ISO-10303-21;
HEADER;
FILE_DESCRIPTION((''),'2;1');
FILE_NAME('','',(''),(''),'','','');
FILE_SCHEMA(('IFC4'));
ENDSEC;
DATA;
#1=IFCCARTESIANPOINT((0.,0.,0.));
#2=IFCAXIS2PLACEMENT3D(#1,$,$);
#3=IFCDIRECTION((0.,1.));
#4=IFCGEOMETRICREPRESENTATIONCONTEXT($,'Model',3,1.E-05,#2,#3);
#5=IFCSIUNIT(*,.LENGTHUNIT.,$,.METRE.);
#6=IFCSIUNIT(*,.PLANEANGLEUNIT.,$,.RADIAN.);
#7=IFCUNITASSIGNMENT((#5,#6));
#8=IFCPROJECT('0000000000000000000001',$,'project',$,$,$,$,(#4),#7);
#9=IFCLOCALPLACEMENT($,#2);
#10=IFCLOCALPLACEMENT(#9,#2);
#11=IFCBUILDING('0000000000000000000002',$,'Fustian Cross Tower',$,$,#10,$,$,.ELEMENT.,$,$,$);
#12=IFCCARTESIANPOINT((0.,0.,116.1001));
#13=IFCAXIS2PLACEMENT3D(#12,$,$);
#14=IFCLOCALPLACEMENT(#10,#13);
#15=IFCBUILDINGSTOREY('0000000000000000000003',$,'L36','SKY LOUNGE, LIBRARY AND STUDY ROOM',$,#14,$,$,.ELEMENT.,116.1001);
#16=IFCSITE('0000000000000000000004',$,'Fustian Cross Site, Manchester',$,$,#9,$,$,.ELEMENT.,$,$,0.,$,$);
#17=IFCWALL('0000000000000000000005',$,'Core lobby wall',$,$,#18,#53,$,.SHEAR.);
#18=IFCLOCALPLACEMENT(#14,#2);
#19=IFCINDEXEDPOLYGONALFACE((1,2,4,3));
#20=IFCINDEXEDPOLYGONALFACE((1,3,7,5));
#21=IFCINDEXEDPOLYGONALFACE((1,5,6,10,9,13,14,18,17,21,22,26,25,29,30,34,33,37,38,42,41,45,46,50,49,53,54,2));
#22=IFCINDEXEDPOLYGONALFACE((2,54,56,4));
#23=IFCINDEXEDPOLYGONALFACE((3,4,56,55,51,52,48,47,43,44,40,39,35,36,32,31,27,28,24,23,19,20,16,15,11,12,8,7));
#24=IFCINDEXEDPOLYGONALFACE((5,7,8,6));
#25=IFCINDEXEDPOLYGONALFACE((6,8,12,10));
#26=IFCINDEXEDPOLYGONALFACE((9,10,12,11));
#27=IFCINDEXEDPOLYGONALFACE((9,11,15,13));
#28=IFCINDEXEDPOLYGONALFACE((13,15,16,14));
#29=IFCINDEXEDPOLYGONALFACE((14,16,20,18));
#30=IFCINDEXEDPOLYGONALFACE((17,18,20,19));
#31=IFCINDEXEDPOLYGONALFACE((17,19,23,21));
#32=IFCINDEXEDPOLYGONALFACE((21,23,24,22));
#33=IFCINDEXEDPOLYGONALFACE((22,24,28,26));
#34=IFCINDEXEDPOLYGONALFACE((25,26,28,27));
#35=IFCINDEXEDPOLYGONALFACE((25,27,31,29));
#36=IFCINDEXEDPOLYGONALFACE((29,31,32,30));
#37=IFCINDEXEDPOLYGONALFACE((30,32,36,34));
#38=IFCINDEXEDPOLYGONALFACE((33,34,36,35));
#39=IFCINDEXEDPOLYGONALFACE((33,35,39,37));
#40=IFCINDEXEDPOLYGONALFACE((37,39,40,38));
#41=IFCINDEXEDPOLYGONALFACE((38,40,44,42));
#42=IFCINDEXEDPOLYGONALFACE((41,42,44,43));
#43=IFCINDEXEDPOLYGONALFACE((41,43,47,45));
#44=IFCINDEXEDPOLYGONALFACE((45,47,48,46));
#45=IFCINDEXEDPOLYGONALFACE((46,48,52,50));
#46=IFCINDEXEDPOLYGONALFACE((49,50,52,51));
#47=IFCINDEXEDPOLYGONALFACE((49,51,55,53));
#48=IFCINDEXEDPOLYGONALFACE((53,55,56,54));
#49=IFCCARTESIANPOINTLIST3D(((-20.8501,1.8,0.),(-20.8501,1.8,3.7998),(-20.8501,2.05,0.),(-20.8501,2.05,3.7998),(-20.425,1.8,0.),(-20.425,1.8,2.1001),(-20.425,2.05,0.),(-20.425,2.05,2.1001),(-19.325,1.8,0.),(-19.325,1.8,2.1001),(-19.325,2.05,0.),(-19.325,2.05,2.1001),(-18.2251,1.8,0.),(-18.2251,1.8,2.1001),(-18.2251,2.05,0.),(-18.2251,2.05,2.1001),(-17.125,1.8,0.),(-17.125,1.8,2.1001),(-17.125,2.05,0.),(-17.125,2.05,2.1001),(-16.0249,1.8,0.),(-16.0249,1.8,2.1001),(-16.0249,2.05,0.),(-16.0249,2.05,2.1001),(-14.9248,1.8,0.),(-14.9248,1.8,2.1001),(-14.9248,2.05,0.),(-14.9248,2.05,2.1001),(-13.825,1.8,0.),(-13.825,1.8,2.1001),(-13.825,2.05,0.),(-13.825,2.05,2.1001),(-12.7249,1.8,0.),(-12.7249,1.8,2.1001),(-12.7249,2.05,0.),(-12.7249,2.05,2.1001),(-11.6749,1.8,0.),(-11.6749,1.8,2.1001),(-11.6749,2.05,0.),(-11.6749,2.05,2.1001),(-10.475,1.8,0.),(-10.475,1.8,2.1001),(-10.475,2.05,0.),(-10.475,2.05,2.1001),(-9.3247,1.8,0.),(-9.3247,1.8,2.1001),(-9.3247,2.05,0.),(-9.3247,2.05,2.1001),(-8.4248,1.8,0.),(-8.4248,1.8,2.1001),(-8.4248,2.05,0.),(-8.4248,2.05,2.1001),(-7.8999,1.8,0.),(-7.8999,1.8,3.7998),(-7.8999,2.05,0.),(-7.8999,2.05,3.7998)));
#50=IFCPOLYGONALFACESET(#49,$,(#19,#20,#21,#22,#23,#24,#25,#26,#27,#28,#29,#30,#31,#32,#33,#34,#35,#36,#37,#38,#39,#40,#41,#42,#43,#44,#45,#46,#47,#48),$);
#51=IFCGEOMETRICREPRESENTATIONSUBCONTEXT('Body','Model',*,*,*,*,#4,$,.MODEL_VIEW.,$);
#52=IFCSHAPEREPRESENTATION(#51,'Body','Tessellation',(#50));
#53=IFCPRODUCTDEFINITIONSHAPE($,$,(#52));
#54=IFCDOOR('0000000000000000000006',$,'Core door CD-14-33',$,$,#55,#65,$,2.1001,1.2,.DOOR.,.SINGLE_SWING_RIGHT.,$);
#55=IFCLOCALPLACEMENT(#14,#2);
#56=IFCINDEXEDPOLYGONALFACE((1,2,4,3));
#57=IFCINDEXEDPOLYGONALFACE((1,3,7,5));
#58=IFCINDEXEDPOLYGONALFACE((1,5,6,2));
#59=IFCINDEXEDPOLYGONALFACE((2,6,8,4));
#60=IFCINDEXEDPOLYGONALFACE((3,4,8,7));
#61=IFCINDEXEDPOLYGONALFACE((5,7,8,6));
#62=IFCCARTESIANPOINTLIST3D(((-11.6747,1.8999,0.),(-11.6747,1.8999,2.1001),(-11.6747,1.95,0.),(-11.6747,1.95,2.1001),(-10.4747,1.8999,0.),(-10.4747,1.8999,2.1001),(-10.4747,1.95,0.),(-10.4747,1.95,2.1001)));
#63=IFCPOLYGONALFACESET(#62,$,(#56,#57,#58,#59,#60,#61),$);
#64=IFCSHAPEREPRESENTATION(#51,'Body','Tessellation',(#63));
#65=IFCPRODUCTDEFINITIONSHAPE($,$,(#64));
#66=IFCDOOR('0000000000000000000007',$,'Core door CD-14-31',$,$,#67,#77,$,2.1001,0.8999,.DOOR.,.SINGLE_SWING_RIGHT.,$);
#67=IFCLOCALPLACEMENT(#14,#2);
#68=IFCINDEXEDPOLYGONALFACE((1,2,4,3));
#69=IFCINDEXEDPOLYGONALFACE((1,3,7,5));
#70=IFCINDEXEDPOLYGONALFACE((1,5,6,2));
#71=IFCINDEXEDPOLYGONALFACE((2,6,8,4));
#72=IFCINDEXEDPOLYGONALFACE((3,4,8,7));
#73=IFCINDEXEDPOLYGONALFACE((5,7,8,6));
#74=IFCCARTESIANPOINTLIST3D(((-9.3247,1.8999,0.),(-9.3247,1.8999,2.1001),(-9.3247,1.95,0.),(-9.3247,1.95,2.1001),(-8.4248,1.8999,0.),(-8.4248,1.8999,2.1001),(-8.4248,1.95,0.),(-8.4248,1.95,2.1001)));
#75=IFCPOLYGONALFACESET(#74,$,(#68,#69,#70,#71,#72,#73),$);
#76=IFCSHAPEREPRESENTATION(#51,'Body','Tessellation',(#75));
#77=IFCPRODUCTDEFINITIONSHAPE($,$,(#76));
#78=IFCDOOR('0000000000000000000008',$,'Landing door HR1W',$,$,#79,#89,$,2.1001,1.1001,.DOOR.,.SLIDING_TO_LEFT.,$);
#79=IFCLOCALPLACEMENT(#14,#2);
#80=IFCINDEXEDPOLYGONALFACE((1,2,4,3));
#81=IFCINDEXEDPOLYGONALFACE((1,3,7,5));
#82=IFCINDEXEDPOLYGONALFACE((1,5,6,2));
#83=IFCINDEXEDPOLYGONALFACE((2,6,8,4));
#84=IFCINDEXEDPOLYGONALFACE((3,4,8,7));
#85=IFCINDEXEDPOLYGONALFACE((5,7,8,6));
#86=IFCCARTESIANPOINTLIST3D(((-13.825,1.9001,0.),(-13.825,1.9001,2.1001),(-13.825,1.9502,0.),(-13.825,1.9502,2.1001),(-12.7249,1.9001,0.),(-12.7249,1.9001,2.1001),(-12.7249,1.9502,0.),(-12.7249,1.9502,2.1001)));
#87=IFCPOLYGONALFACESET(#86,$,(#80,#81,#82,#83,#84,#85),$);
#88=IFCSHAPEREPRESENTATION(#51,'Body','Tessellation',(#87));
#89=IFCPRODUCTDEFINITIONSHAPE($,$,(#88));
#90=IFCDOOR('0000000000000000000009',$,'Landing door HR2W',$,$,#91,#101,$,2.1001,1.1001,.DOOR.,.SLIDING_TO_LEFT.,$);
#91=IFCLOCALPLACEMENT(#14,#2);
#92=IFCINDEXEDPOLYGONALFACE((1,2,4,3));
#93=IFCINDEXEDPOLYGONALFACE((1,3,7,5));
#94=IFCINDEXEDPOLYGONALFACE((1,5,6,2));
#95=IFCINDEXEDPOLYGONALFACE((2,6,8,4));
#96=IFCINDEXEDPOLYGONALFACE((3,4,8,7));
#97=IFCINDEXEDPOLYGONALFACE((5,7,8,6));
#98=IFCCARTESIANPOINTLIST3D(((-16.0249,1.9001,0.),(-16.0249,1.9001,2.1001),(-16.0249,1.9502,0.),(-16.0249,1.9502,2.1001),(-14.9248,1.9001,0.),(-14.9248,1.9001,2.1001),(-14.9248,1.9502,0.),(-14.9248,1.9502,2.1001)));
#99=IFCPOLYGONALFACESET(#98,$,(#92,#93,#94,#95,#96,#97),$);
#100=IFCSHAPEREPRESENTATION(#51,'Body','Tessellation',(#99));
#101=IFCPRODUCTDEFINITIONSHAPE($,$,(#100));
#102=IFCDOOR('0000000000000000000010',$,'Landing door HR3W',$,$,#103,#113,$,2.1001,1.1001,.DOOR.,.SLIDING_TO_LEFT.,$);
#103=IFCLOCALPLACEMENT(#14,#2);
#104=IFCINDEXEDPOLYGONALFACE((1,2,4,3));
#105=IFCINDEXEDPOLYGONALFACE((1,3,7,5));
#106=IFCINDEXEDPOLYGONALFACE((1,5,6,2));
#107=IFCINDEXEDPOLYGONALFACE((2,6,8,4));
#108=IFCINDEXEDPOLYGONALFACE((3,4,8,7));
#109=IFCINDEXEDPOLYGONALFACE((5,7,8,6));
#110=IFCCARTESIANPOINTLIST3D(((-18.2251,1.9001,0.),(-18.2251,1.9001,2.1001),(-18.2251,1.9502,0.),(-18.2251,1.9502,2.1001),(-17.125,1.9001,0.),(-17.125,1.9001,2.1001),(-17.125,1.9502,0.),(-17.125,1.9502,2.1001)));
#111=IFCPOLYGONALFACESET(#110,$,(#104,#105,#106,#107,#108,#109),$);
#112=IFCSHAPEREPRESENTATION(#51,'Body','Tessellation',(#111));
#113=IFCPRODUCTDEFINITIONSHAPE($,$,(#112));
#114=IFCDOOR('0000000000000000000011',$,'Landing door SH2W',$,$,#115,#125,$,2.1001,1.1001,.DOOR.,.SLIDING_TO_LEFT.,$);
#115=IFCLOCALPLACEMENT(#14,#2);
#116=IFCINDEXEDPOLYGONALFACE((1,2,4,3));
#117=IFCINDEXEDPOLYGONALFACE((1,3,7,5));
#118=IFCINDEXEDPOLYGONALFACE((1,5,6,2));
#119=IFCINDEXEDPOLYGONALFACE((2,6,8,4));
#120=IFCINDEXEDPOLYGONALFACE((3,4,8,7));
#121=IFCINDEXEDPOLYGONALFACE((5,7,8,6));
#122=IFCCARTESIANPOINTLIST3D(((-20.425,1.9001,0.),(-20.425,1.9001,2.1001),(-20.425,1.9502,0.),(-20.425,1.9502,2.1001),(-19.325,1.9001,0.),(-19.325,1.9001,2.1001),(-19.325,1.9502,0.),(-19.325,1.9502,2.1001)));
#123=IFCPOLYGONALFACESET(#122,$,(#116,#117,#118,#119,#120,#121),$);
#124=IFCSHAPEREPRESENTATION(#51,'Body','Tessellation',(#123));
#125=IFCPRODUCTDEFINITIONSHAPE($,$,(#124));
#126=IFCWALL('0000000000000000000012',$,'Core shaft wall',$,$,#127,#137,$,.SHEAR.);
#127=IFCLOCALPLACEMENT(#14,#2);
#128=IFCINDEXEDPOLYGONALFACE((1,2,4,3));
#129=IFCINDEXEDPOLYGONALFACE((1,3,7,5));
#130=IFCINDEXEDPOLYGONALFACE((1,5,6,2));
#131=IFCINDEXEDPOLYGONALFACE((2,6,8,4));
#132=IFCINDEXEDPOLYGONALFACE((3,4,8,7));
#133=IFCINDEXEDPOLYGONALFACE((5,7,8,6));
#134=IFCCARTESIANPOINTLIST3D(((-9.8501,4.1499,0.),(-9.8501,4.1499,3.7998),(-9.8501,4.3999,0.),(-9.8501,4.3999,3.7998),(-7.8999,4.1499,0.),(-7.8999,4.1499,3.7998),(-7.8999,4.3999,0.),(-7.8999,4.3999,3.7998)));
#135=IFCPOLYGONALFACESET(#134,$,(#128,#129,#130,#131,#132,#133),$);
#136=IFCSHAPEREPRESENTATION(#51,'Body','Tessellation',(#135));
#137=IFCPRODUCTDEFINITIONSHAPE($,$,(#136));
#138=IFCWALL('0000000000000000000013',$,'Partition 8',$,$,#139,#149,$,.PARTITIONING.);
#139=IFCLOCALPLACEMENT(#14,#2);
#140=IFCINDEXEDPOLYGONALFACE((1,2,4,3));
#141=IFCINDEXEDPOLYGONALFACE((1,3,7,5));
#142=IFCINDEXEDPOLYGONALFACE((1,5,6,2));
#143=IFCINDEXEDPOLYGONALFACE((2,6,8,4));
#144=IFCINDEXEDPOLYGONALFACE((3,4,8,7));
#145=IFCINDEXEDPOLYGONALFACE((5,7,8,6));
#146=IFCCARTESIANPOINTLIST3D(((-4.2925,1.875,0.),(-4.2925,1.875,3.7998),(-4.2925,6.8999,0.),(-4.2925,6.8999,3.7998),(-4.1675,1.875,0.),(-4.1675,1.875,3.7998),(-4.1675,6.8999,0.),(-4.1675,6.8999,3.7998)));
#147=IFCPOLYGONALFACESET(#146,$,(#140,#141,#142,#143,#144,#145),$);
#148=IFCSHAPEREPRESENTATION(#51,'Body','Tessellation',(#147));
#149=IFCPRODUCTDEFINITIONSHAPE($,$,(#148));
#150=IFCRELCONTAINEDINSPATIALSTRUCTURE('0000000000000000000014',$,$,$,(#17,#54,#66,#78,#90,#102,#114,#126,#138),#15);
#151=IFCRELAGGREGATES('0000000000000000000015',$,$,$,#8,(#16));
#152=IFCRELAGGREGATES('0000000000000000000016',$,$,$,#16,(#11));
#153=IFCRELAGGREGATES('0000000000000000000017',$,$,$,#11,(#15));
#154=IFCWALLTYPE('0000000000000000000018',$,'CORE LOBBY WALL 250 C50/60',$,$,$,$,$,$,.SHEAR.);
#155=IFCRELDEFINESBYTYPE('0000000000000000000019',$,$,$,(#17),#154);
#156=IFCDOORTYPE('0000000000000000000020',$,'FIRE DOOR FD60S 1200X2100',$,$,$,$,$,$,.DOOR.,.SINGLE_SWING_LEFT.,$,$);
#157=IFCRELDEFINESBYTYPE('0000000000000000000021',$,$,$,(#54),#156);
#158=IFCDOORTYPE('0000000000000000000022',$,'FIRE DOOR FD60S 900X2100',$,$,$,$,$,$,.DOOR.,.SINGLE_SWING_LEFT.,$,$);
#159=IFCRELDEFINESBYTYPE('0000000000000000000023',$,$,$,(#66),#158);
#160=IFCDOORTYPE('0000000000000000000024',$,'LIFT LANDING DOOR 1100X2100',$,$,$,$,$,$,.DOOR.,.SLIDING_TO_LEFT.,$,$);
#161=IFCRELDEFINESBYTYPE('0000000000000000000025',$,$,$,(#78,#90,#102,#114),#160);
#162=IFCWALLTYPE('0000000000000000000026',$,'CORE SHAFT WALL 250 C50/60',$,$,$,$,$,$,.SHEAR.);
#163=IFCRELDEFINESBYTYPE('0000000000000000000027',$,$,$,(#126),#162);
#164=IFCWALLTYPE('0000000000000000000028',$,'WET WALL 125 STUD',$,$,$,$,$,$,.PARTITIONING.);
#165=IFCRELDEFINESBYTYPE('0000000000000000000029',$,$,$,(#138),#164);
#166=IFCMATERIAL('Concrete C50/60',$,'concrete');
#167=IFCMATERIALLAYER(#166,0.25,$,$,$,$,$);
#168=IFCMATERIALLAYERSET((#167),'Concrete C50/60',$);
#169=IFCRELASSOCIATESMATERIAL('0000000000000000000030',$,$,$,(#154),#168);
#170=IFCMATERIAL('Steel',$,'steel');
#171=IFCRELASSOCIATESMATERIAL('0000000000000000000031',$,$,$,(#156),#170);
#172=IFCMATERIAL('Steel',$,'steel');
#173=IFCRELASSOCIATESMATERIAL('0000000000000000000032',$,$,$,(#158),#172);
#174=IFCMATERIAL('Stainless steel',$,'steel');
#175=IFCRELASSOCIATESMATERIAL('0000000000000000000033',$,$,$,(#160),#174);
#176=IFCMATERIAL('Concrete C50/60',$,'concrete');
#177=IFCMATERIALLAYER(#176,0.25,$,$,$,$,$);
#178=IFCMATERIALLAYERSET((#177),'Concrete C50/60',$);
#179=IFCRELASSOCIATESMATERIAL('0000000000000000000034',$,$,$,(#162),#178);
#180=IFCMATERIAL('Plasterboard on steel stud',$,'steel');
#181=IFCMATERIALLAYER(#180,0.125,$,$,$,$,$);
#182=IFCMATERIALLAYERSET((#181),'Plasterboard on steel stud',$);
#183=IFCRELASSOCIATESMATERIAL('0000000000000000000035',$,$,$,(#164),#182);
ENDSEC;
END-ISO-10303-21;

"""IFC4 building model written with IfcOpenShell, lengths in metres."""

from ifc_helpers import new_model, si_unit, direction, frame, frame_2d, origin, place, context, subcontext, project, spatial, rectangle, extrude, material, layer, layer_set, type_object, element, fill, save


model = new_model("IFC4")

# Units and contexts
model_context = context("Model", 3, precision=1e-05, world=origin(), true_north=direction((0.0, 1.0)))
body_context = subcontext(model_context, "Body", "Model", "MODEL_VIEW")
ifc_project = project(units=[si_unit("LENGTHUNIT", "METRE"), si_unit("PLANEANGLEUNIT", "RADIAN")], contexts=[model_context])

# Site, building, storey
site_placement = place(None, origin())
site = spatial("IfcSite", under=ifc_project, at=site_placement, Name="Fustian Cross Site, Manchester", CompositionType="ELEMENT", RefElevation=0.0)
building_placement = place(site_placement, origin())
building = spatial("IfcBuilding", under=site, at=building_placement, Name="Fustian Cross Tower", CompositionType="ELEMENT")
storey_placement = place(building_placement, frame((0.0, 0.0, 116.1001)))
storey = spatial("IfcBuildingStorey", under=building, at=storey_placement, Name="L36", Description="SKY LOUNGE, LIBRARY AND STUDY ROOM", CompositionType="ELEMENT", Elevation=116.1001)

# Wall, openings, doors
ifc_material_1 = material(Name="Concrete C50/60", Category="concrete")
ifc_layer_1 = layer(ifc_material_1, 0.25)
ifc_layer_set_1 = layer_set([ifc_layer_1], Name="Concrete C50/60")
wall_type_1 = type_object("IfcWallType", Name="CORE LOBBY WALL 250 C50/60", PredefinedType="SHEAR", material=ifc_layer_set_1)
wall_1_placement = place(storey_placement, frame((-7.8999, 1.925, 0.0), z_axis=(0.0, 0.0, 1.0), x_axis=(-1.0, 0.0, 0.0)))
wall_1 = element("IfcWall", 1, at=wall_1_placement, inside=storey, type_object=wall_type_1, Name="Core lobby wall", PredefinedType="SHEAR", context=body_context, shape_type="SweptSolid", body=[
    extrude(rectangle(XDim=12.9502, YDim=0.25, at=frame_2d((6.4751, 0.0))), origin(), (0.0, 0.0, 1.0), 3.7998),
])
opening_1_placement = place(wall_1_placement, frame((4.825, 0.0, 0.0)))
opening_1 = element("IfcOpeningElement", 2, at=opening_1_placement, cuts=wall_1, PredefinedType="OPENING", context=body_context, shape_type="SweptSolid", body=[
    extrude(rectangle(XDim=1.1001, YDim=2.1001, at=frame_2d((0.55, 1.05))), frame((0.0, 0.135, 0.0), z_axis=(0.0, -1.0, 0.0), x_axis=(1.0, 0.0, 0.0)), (0.0, 0.0, 1.0), 0.27),
])
opening_2_placement = place(wall_1_placement, frame((7.0249, 0.0, 0.0)))
opening_2 = element("IfcOpeningElement", 3, at=opening_2_placement, cuts=wall_1, PredefinedType="OPENING", context=body_context, shape_type="SweptSolid", body=[
    extrude(rectangle(XDim=1.1001, YDim=2.1001, at=frame_2d((0.55, 1.05))), frame((0.0, 0.135, 0.0), z_axis=(0.0, -1.0, 0.0), x_axis=(1.0, 0.0, 0.0)), (0.0, 0.0, 1.0), 0.27),
])
opening_3_placement = place(wall_1_placement, frame((9.2251, 0.0, 0.0)))
opening_3 = element("IfcOpeningElement", 4, at=opening_3_placement, cuts=wall_1, PredefinedType="OPENING", context=body_context, shape_type="SweptSolid", body=[
    extrude(rectangle(XDim=1.1001, YDim=2.1001, at=frame_2d((0.55, 1.05))), frame((0.0, 0.135, 0.0), z_axis=(0.0, -1.0, 0.0), x_axis=(1.0, 0.0, 0.0)), (0.0, 0.0, 1.0), 0.27),
])
opening_4_placement = place(wall_1_placement, frame((11.425, 0.0, 0.0)))
opening_4 = element("IfcOpeningElement", 5, at=opening_4_placement, cuts=wall_1, PredefinedType="OPENING", context=body_context, shape_type="SweptSolid", body=[
    extrude(rectangle(XDim=1.1001, YDim=2.1001, at=frame_2d((0.55, 1.05))), frame((0.0, 0.135, 0.0), z_axis=(0.0, -1.0, 0.0), x_axis=(1.0, 0.0, 0.0)), (0.0, 0.0, 1.0), 0.27),
])
opening_5_placement = place(wall_1_placement, frame((0.5249, 0.0, 0.0)))
opening_5 = element("IfcOpeningElement", 6, at=opening_5_placement, cuts=wall_1, PredefinedType="OPENING", context=body_context, shape_type="SweptSolid", body=[
    extrude(rectangle(XDim=0.8999, YDim=2.1001, at=frame_2d((0.45, 1.05))), frame((0.0, 0.135, 0.0), z_axis=(0.0, -1.0, 0.0), x_axis=(1.0, 0.0, 0.0)), (0.0, 0.0, 1.0), 0.27),
])
opening_6_placement = place(wall_1_placement, frame((2.575, 0.0, 0.0)))
opening_6 = element("IfcOpeningElement", 7, at=opening_6_placement, cuts=wall_1, PredefinedType="OPENING", context=body_context, shape_type="SweptSolid", body=[
    extrude(rectangle(XDim=1.2, YDim=2.1001, at=frame_2d((0.6001, 1.05))), frame((0.0, 0.135, 0.0), z_axis=(0.0, -1.0, 0.0), x_axis=(1.0, 0.0, 0.0)), (0.0, 0.0, 1.0), 0.27),
])
ifc_material_2 = material(Name="Steel", Category="steel")
door_type_1 = type_object("IfcDoorType", Name="FIRE DOOR FD60S 1200X2100", OperationType="SINGLE_SWING_LEFT", PredefinedType="DOOR", material=ifc_material_2)
door_1_placement = place(opening_6_placement, frame((1.2, 0.0, 0.0), z_axis=(0.0, 0.0, 1.0), x_axis=(-1.0, 0.0, 0.0)))
door_1 = element("IfcDoor", 8, at=door_1_placement, inside=storey, type_object=door_type_1, Name="Core door CD-14-33", OperationType="SINGLE_SWING_RIGHT", OverallHeight=2.1001, OverallWidth=1.2, PredefinedType="DOOR", context=body_context, shape_type="SweptSolid", body=[
    extrude(rectangle(XDim=1.2, YDim=2.1001, at=frame_2d((0.6001, 1.05))), frame((0.0, 0.0249, 0.0), z_axis=(0.0, -1.0, 0.0), x_axis=(1.0, 0.0, 0.0)), (0.0, 0.0, 1.0), 0.05),
])
fill(opening_6, door_1)
ifc_material_3 = material(Name="Steel", Category="steel")
door_type_2 = type_object("IfcDoorType", Name="FIRE DOOR FD60S 900X2100", OperationType="SINGLE_SWING_LEFT", PredefinedType="DOOR", material=ifc_material_3)
door_2_placement = place(opening_5_placement, frame((0.8999, 0.0, 0.0), z_axis=(0.0, 0.0, 1.0), x_axis=(-1.0, 0.0, 0.0)))
door_2 = element("IfcDoor", 9, at=door_2_placement, inside=storey, type_object=door_type_2, Name="Core door CD-14-31", OperationType="SINGLE_SWING_RIGHT", OverallHeight=2.1001, OverallWidth=0.8999, PredefinedType="DOOR", context=body_context, shape_type="SweptSolid", body=[
    extrude(rectangle(XDim=0.8999, YDim=2.1001, at=frame_2d((0.45, 1.05))), frame((0.0, 0.0249, 0.0), z_axis=(0.0, -1.0, 0.0), x_axis=(1.0, 0.0, 0.0)), (0.0, 0.0, 1.0), 0.05),
])
fill(opening_5, door_2)
ifc_material_4 = material(Name="Stainless steel", Category="steel")
door_type_3 = type_object("IfcDoorType", Name="LIFT LANDING DOOR 1100X2100", OperationType="SLIDING_TO_LEFT", PredefinedType="DOOR", material=ifc_material_4)
door_3_placement = place(opening_1_placement, origin())
door_3 = element("IfcDoor", 10, at=door_3_placement, inside=storey, type_object=door_type_3, Name="Landing door HR1W", OperationType="SLIDING_TO_LEFT", OverallHeight=2.1001, OverallWidth=1.1001, PredefinedType="DOOR", context=body_context, shape_type="SweptSolid", body=[
    extrude(rectangle(XDim=1.1001, YDim=2.1001, at=frame_2d((0.55, 1.05))), frame((0.0, 0.0249, 0.0), z_axis=(0.0, -1.0, 0.0), x_axis=(1.0, 0.0, 0.0)), (0.0, 0.0, 1.0), 0.05),
])
fill(opening_1, door_3)
door_4_placement = place(opening_2_placement, origin())
door_4 = element("IfcDoor", 11, at=door_4_placement, inside=storey, type_object=door_type_3, Name="Landing door HR2W", OperationType="SLIDING_TO_LEFT", OverallHeight=2.1001, OverallWidth=1.1001, PredefinedType="DOOR", context=body_context, shape_type="SweptSolid", body=[
    extrude(rectangle(XDim=1.1001, YDim=2.1001, at=frame_2d((0.55, 1.05))), frame((0.0, 0.0249, 0.0), z_axis=(0.0, -1.0, 0.0), x_axis=(1.0, 0.0, 0.0)), (0.0, 0.0, 1.0), 0.05),
])
fill(opening_2, door_4)
door_5_placement = place(opening_3_placement, origin())
door_5 = element("IfcDoor", 12, at=door_5_placement, inside=storey, type_object=door_type_3, Name="Landing door HR3W", OperationType="SLIDING_TO_LEFT", OverallHeight=2.1001, OverallWidth=1.1001, PredefinedType="DOOR", context=body_context, shape_type="SweptSolid", body=[
    extrude(rectangle(XDim=1.1001, YDim=2.1001, at=frame_2d((0.55, 1.05))), frame((0.0, 0.0249, 0.0), z_axis=(0.0, -1.0, 0.0), x_axis=(1.0, 0.0, 0.0)), (0.0, 0.0, 1.0), 0.05),
])
fill(opening_3, door_5)
door_6_placement = place(opening_4_placement, origin())
door_6 = element("IfcDoor", 13, at=door_6_placement, inside=storey, type_object=door_type_3, Name="Landing door SH2W", OperationType="SLIDING_TO_LEFT", OverallHeight=2.1001, OverallWidth=1.1001, PredefinedType="DOOR", context=body_context, shape_type="SweptSolid", body=[
    extrude(rectangle(XDim=1.1001, YDim=2.1001, at=frame_2d((0.55, 1.05))), frame((0.0, 0.0249, 0.0), z_axis=(0.0, -1.0, 0.0), x_axis=(1.0, 0.0, 0.0)), (0.0, 0.0, 1.0), 0.05),
])
fill(opening_4, door_6)

# Walls
ifc_material_5 = material(Name="Concrete C50/60", Category="concrete")
ifc_layer_2 = layer(ifc_material_5, 0.25)
ifc_layer_set_2 = layer_set([ifc_layer_2], Name="Concrete C50/60")
wall_type_2 = type_object("IfcWallType", Name="CORE SHAFT WALL 250 C50/60", PredefinedType="SHEAR", material=ifc_layer_set_2)
wall_2_placement = place(storey_placement, frame((-7.8999, 4.2749, 0.0), z_axis=(0.0, 0.0, 1.0), x_axis=(-1.0, 0.0, 0.0)))
element("IfcWall", 14, at=wall_2_placement, inside=storey, type_object=wall_type_2, Name="Core shaft wall", PredefinedType="SHEAR", context=body_context, shape_type="SweptSolid", body=[
    extrude(rectangle(XDim=1.9502, YDim=0.25, at=frame_2d((0.9751, 0.0))), origin(), (0.0, 0.0, 1.0), 3.7998),
])
ifc_material_6 = material(Name="Plasterboard on steel stud", Category="steel")
ifc_layer_3 = layer(ifc_material_6, 0.125)
ifc_layer_set_3 = layer_set([ifc_layer_3], Name="Plasterboard on steel stud")
wall_type_3 = type_object("IfcWallType", Name="WET WALL 125 STUD", PredefinedType="PARTITIONING", material=ifc_layer_set_3)
wall_3_placement = place(storey_placement, frame((-4.23, 1.875, 0.0), z_axis=(0.0, 0.0, 1.0), x_axis=(0.0, 1.0, 0.0)))
element("IfcWall", 15, at=wall_3_placement, inside=storey, type_object=wall_type_3, Name="Partition 8", PredefinedType="PARTITIONING", context=body_context, shape_type="SweptSolid", body=[
    extrude(rectangle(XDim=5.0249, YDim=0.125, at=frame_2d((2.5125, 0.0))), origin(), (0.0, 0.0, 1.0), 3.7998),
])

save(model, "model.ifc")
